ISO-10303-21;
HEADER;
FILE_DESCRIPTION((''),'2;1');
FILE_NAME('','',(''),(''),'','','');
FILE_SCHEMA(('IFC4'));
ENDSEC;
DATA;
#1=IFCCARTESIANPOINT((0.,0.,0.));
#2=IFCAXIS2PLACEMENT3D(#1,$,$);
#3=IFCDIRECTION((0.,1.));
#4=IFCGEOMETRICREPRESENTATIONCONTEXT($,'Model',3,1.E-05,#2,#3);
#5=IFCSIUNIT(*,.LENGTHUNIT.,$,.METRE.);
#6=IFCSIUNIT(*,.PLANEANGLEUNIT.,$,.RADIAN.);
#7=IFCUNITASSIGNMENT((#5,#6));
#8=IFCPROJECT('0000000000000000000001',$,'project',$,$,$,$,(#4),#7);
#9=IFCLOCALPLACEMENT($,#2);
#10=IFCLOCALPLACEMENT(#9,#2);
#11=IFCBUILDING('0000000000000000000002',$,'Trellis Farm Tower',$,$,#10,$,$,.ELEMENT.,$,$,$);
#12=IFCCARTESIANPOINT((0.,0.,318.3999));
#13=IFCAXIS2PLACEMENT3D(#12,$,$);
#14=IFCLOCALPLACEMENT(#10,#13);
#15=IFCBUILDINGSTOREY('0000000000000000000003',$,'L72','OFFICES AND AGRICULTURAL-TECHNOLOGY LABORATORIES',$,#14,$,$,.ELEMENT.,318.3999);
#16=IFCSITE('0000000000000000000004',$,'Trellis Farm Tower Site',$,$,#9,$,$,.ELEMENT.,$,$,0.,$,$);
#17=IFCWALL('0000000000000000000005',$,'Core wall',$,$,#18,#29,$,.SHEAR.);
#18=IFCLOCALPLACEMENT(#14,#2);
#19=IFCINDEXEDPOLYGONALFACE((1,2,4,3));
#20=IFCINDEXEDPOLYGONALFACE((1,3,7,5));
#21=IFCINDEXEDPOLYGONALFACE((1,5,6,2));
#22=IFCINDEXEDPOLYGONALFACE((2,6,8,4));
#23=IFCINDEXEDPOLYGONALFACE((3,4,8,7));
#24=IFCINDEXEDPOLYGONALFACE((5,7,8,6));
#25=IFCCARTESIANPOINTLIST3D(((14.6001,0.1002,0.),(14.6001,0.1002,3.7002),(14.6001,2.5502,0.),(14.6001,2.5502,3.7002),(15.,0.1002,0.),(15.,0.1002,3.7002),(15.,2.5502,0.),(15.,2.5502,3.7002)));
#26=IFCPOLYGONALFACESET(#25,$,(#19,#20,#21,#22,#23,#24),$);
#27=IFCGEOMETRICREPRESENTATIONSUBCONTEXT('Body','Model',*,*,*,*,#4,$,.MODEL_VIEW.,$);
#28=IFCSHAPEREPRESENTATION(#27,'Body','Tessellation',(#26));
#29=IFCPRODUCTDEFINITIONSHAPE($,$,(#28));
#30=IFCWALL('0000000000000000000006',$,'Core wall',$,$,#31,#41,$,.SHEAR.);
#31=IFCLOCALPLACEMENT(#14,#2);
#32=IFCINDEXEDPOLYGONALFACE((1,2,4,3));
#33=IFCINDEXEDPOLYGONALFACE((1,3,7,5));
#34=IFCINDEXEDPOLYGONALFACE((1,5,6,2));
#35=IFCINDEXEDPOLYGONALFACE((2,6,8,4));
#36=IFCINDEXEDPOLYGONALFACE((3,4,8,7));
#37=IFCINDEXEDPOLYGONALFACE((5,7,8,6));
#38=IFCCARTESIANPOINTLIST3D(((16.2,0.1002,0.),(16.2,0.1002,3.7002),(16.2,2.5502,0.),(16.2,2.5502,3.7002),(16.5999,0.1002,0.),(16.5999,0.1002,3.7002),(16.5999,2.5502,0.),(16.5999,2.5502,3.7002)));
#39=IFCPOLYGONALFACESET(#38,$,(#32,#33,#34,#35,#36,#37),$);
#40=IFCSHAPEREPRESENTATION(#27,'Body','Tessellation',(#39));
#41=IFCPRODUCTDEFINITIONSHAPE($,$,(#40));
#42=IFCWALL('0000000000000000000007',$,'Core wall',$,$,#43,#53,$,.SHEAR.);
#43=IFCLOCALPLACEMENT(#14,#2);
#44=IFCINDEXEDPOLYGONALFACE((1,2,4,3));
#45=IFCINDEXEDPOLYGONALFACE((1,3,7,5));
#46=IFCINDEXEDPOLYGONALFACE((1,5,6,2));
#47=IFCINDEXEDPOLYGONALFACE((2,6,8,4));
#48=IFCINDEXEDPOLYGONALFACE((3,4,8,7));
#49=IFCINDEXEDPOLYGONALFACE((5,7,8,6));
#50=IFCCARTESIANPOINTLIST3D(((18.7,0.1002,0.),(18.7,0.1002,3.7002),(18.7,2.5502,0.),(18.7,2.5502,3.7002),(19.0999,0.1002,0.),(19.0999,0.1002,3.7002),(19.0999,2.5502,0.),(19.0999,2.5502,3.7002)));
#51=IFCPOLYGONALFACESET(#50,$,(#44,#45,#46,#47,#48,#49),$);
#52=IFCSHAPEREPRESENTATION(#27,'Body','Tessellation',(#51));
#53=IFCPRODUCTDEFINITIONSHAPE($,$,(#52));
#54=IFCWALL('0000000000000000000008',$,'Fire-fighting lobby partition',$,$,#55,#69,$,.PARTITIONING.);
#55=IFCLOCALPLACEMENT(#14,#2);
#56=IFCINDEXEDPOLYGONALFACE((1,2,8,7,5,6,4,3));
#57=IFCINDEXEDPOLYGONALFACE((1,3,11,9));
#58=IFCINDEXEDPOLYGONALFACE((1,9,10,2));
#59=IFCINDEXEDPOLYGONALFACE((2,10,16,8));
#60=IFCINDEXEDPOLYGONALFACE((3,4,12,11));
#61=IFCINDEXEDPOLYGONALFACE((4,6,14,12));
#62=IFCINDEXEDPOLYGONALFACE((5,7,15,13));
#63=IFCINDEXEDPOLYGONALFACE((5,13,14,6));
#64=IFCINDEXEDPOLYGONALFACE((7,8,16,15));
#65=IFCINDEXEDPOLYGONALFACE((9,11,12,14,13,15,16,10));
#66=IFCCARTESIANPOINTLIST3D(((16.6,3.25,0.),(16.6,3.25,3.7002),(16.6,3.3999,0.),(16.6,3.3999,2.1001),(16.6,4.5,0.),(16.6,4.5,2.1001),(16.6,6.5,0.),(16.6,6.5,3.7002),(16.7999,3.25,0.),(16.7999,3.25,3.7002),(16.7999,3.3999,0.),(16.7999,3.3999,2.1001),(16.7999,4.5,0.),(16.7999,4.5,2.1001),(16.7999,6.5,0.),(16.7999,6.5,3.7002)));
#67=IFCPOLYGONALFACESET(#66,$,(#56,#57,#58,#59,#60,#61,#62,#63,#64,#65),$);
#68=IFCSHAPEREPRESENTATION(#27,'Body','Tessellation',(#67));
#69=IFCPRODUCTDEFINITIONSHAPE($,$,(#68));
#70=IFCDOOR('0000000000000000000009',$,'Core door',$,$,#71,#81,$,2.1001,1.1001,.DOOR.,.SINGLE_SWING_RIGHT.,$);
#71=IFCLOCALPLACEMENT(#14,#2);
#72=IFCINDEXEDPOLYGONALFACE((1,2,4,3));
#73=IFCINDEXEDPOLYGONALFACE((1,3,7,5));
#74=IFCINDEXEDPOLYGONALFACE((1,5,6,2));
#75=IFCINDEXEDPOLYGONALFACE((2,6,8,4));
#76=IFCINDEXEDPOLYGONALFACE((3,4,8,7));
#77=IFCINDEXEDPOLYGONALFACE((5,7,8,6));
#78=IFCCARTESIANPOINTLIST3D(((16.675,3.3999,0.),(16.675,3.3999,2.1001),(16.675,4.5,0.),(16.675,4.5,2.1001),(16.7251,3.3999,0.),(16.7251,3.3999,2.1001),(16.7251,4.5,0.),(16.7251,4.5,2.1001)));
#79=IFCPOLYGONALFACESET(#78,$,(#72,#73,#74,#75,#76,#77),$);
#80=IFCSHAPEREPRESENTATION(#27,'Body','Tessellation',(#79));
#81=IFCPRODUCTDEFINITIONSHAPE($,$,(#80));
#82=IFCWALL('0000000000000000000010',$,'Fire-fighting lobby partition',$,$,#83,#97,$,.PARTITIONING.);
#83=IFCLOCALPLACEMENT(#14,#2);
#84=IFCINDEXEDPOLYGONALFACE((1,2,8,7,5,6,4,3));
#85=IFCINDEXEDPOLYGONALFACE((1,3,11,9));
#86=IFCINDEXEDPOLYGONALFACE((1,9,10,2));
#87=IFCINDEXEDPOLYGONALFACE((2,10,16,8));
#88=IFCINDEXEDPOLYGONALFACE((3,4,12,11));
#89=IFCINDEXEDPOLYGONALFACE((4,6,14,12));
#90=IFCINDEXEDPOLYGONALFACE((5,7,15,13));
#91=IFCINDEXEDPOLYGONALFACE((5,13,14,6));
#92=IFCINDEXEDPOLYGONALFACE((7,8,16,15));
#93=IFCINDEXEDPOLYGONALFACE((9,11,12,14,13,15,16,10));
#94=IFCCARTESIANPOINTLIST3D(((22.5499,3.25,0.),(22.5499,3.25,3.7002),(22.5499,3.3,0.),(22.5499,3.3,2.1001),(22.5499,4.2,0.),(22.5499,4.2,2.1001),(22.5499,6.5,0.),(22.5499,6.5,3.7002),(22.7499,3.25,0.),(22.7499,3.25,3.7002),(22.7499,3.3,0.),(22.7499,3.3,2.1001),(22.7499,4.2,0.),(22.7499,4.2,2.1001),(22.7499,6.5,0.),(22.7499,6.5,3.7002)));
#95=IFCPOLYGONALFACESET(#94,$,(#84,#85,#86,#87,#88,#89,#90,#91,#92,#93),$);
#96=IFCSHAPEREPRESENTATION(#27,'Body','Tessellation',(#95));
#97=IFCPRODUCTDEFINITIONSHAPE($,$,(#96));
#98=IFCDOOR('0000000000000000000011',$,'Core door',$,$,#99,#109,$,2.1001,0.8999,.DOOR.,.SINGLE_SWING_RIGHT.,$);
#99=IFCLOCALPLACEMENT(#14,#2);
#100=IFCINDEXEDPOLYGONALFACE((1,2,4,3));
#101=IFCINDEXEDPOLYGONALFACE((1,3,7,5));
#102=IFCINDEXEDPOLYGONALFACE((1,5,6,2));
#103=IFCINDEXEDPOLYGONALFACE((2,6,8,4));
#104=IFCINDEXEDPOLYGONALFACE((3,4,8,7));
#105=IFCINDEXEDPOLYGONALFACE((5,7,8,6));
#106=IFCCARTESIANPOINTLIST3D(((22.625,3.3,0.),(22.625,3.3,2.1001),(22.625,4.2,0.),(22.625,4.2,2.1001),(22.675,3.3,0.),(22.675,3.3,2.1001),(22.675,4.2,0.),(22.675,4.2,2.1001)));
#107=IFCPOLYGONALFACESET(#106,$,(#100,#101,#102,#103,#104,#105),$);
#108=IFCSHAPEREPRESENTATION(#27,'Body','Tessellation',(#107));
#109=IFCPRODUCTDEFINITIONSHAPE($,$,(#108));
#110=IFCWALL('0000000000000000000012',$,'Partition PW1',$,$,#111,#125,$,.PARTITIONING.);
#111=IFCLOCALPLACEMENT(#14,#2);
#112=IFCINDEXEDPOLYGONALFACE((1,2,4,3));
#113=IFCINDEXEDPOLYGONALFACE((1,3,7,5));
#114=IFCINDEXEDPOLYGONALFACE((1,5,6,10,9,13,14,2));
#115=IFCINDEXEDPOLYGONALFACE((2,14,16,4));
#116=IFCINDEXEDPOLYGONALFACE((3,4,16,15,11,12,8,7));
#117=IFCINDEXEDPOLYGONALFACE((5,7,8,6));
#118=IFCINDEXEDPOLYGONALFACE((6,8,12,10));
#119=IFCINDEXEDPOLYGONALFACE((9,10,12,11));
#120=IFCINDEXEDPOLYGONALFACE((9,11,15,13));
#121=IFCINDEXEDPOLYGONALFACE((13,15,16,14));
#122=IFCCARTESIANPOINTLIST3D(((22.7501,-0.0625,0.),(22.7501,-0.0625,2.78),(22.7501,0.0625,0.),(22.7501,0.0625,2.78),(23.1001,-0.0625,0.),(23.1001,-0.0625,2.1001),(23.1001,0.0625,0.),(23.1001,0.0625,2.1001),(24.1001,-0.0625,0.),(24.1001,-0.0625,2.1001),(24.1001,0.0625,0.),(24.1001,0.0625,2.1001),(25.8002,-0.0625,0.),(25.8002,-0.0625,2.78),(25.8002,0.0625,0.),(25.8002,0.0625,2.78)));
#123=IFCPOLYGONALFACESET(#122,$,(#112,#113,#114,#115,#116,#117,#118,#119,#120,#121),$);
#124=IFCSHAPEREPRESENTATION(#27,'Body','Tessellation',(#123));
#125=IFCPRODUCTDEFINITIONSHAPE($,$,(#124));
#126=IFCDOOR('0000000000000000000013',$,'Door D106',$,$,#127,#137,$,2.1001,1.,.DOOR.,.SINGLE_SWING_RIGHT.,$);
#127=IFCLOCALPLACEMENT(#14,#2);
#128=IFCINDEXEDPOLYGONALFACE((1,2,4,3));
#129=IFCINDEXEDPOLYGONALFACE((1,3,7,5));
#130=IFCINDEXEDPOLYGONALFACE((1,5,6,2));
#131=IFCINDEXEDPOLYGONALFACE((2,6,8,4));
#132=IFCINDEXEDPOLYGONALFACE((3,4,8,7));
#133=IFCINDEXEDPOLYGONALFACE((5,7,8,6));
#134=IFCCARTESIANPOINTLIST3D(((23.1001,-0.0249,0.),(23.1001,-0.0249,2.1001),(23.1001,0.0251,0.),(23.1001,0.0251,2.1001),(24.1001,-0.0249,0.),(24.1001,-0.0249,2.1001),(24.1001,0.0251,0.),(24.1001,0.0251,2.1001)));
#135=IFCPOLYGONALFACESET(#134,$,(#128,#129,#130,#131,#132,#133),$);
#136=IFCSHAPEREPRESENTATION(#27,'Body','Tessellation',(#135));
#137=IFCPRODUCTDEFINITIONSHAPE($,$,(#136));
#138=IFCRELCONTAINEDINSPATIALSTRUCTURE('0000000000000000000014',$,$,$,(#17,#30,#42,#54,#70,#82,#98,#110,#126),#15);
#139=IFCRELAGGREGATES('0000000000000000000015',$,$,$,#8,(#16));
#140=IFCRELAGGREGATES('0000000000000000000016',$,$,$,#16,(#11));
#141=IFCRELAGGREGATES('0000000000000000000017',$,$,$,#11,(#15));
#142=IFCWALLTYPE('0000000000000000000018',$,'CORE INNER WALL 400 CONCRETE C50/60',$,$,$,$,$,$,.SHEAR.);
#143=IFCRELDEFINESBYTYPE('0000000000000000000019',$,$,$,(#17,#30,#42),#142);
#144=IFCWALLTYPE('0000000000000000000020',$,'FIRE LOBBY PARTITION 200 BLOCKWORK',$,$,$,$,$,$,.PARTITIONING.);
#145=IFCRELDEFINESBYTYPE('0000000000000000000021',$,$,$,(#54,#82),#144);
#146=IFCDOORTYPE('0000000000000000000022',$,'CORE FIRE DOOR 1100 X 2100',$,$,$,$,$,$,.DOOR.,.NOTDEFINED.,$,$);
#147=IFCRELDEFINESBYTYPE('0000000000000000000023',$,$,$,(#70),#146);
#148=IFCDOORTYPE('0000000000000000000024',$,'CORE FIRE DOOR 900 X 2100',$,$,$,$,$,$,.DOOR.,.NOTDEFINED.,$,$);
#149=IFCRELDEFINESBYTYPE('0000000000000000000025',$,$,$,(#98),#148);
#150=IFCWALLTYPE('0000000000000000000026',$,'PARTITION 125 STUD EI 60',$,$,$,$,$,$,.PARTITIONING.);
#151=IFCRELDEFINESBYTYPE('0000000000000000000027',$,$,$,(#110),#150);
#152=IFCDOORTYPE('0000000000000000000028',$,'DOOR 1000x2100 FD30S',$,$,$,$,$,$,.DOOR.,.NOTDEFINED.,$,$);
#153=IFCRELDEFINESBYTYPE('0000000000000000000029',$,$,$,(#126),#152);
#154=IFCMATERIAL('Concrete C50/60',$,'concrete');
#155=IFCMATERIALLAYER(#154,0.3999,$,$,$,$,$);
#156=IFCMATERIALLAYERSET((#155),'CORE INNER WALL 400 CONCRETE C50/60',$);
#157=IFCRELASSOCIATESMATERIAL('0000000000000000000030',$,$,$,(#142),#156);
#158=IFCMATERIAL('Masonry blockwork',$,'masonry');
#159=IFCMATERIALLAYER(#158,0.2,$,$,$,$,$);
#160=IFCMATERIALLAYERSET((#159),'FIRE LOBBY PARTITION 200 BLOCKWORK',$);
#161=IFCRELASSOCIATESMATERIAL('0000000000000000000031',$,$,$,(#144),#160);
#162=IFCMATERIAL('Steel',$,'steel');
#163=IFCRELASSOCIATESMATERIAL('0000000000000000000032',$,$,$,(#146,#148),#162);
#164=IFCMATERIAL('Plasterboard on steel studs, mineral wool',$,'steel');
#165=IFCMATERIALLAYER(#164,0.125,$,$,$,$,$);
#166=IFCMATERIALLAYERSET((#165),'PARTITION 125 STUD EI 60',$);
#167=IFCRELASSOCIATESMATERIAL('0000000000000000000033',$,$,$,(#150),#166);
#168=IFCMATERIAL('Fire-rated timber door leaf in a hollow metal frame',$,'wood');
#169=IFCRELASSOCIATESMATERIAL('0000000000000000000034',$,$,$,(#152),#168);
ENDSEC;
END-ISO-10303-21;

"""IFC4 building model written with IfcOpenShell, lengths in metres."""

from ifc_helpers import new_model, si_unit, direction, frame, frame_2d, origin, place, context, subcontext, project, spatial, rectangle, extrude, source, transform, mapped, material, layer, layer_set, type_object, element, fill, save


model = new_model("IFC4")

# Units and contexts
model_context = context("Model", 3, precision=1e-05, world=origin(), true_north=direction((0.0, 1.0)))
body_context = subcontext(model_context, "Body", "Model", "MODEL_VIEW")
ifc_project = project(units=[si_unit("LENGTHUNIT", "METRE"), si_unit("PLANEANGLEUNIT", "RADIAN")], contexts=[model_context])

# Site, building, storey
site_placement = place(None, origin())
site = spatial("IfcSite", under=ifc_project, at=site_placement, Name="Trellis Farm Tower Site", CompositionType="ELEMENT", RefElevation=0.0)
building_placement = place(site_placement, origin())
building = spatial("IfcBuilding", under=site, at=building_placement, Name="Trellis Farm Tower", CompositionType="ELEMENT")
storey_placement = place(building_placement, frame((0.0, 0.0, 318.3999)))
storey = spatial("IfcBuildingStorey", under=building, at=storey_placement, Name="L72", Description="OFFICES AND AGRICULTURAL-TECHNOLOGY LABORATORIES", CompositionType="ELEMENT", Elevation=318.3999)

# Walls
ifc_material_1 = material(Name="Concrete C50/60", Category="concrete")
ifc_layer_1 = layer(ifc_material_1, 0.3999)
ifc_layer_set_1 = layer_set([ifc_layer_1], Name="CORE INNER WALL 400 CONCRETE C50/60")
wall_type_1 = type_object("IfcWallType", Name="CORE INNER WALL 400 CONCRETE C50/60", PredefinedType="SHEAR", material=ifc_layer_set_1)
shared_shape_1 = source(origin(), body_context, "Body", "SweptSolid", [
    extrude(rectangle(XDim=2.45, YDim=0.3999, at=frame_2d((1.2251, 0.0))), origin(), (0.0, 0.0, 1.0), 3.7002),
])
for number, where, z_axis, x_axis, name in (
    (1, (14.8, 0.1001, 0.0), (0.0, 0.0, 1.0), (0.0, 1.0, 0.0), "Core wall"),
    (2, (16.3999, 0.1001, 0.0), (0.0, 0.0, 1.0), (0.0, 1.0, 0.0), "Core wall"),
    (3, (18.8999, 0.1001, 0.0), (0.0, 0.0, 1.0), (0.0, 1.0, 0.0), "Core wall"),
):
    element("IfcWall", number, at=place(storey_placement, frame(where, z_axis=z_axis, x_axis=x_axis)), inside=storey, type_object=wall_type_1, Name=name, PredefinedType="SHEAR", context=body_context, shape_type="MappedRepresentation", body=[
        mapped(shared_shape_1, transform((0.0, 0.0, 0.0))),
    ])

# Walls, openings, doors
ifc_material_2 = material(Name="Masonry blockwork", Category="masonry")
ifc_layer_2 = layer(ifc_material_2, 0.2)
ifc_layer_set_2 = layer_set([ifc_layer_2], Name="FIRE LOBBY PARTITION 200 BLOCKWORK")
wall_type_2 = type_object("IfcWallType", Name="FIRE LOBBY PARTITION 200 BLOCKWORK", PredefinedType="PARTITIONING", material=ifc_layer_set_2)
shared_shape_2 = source(origin(), body_context, "Body", "SweptSolid", [
    extrude(rectangle(XDim=3.25, YDim=0.2, at=frame_2d((1.625, 0.0))), origin(), (0.0, 0.0, 1.0), 3.7002),
])
wall_1_placement = place(storey_placement, frame((16.7, 3.25, 0.0), z_axis=(0.0, 0.0, 1.0), x_axis=(0.0, 1.0, 0.0)))
wall_1 = element("IfcWall", 4, at=wall_1_placement, inside=storey, type_object=wall_type_2, Name="Fire-fighting lobby partition", PredefinedType="PARTITIONING", context=body_context, shape_type="MappedRepresentation", body=[
    mapped(shared_shape_2, transform((0.0, 0.0, 0.0))),
])
shared_shape_3 = source(origin(), body_context, "Body", "SweptSolid", [
    extrude(rectangle(XDim=1.1001, YDim=2.1001, at=frame_2d((0.55, 1.05))), frame((0.0, 0.1101, 0.0), z_axis=(0.0, -1.0, 0.0), x_axis=(1.0, 0.0, 0.0)), (0.0, 0.0, 1.0), 0.2202),
])
opening_1_placement = place(wall_1_placement, frame((0.1499, 0.0, 0.0)))
opening_1 = element("IfcOpeningElement", 5, at=opening_1_placement, cuts=wall_1, PredefinedType="OPENING", context=body_context, shape_type="MappedRepresentation", body=[
    mapped(shared_shape_3, transform((0.0, 0.0, 0.0))),
])
ifc_material_3 = material(Name="Steel", Category="steel")
door_type_1 = type_object("IfcDoorType", Name="CORE FIRE DOOR 1100 X 2100", OperationType="NOTDEFINED", PredefinedType="DOOR", material=ifc_material_3)
shared_shape_4 = source(origin(), body_context, "Body", "SweptSolid", [
    extrude(rectangle(XDim=1.1001, YDim=2.1001, at=frame_2d((0.55, 1.05))), frame((0.0, 0.0249, 0.0), z_axis=(0.0, -1.0, 0.0), x_axis=(1.0, 0.0, 0.0)), (0.0, 0.0, 1.0), 0.05),
])
door_1_placement = place(opening_1_placement, origin())
door_1 = element("IfcDoor", 6, at=door_1_placement, inside=storey, type_object=door_type_1, Name="Core door", OperationType="SINGLE_SWING_RIGHT", OverallHeight=2.1001, OverallWidth=1.1001, PredefinedType="DOOR", context=body_context, shape_type="MappedRepresentation", body=[
    mapped(shared_shape_4, transform((0.0, 0.0, 0.0))),
])
fill(opening_1, door_1)
wall_2_placement = place(storey_placement, frame((22.6499, 3.25, 0.0), z_axis=(0.0, 0.0, 1.0), x_axis=(0.0, 1.0, 0.0)))
wall_2 = element("IfcWall", 7, at=wall_2_placement, inside=storey, type_object=wall_type_2, Name="Fire-fighting lobby partition", PredefinedType="PARTITIONING", context=body_context, shape_type="MappedRepresentation", body=[
    mapped(shared_shape_2, transform((0.0, 0.0, 0.0))),
])
shared_shape_5 = source(origin(), body_context, "Body", "SweptSolid", [
    extrude(rectangle(XDim=0.8999, YDim=2.1001, at=frame_2d((0.45, 1.05))), frame((0.0, 0.1101, 0.0), z_axis=(0.0, -1.0, 0.0), x_axis=(1.0, 0.0, 0.0)), (0.0, 0.0, 1.0), 0.2202),
])
opening_2_placement = place(wall_2_placement, frame((0.05, 0.0, 0.0)))
opening_2 = element("IfcOpeningElement", 8, at=opening_2_placement, cuts=wall_2, PredefinedType="OPENING", context=body_context, shape_type="MappedRepresentation", body=[
    mapped(shared_shape_5, transform((0.0, 0.0, 0.0))),
])
door_type_2 = type_object("IfcDoorType", Name="CORE FIRE DOOR 900 X 2100", OperationType="NOTDEFINED", PredefinedType="DOOR", material=ifc_material_3)
shared_shape_6 = source(origin(), body_context, "Body", "SweptSolid", [
    extrude(rectangle(XDim=0.8999, YDim=2.1001, at=frame_2d((0.45, 1.05))), frame((0.0, 0.0249, 0.0), z_axis=(0.0, -1.0, 0.0), x_axis=(1.0, 0.0, 0.0)), (0.0, 0.0, 1.0), 0.05),
])
door_2_placement = place(opening_2_placement, origin())
door_2 = element("IfcDoor", 9, at=door_2_placement, inside=storey, type_object=door_type_2, Name="Core door", OperationType="SINGLE_SWING_RIGHT", OverallHeight=2.1001, OverallWidth=0.8999, PredefinedType="DOOR", context=body_context, shape_type="MappedRepresentation", body=[
    mapped(shared_shape_6, transform((0.0, 0.0, 0.0))),
])
fill(opening_2, door_2)
ifc_material_4 = material(Name="Plasterboard on steel studs, mineral wool", Category="steel")
ifc_layer_3 = layer(ifc_material_4, 0.125)
ifc_layer_set_3 = layer_set([ifc_layer_3], Name="PARTITION 125 STUD EI 60")
wall_type_3 = type_object("IfcWallType", Name="PARTITION 125 STUD EI 60", PredefinedType="PARTITIONING", material=ifc_layer_set_3)
shared_shape_7 = source(origin(), body_context, "Body", "SweptSolid", [
    extrude(rectangle(XDim=3.05, YDim=0.125, at=frame_2d((1.5249, 0.0))), origin(), (0.0, 0.0, 1.0), 2.78),
])
wall_3_placement = place(storey_placement, frame((25.8, 0.0, 0.0), z_axis=(0.0, 0.0, 1.0), x_axis=(-1.0, 0.0, 0.0)))
wall_3 = element("IfcWall", 10, at=wall_3_placement, inside=storey, type_object=wall_type_3, Name="Partition PW1", PredefinedType="PARTITIONING", context=body_context, shape_type="MappedRepresentation", body=[
    mapped(shared_shape_7, transform((0.0, 0.0, 0.0))),
])
shared_shape_8 = source(origin(), body_context, "Body", "SweptSolid", [
    extrude(rectangle(XDim=1.0, YDim=2.1001, at=frame_2d((0.5, 1.05))), frame((0.0, 0.0725, 0.0), z_axis=(0.0, -1.0, 0.0), x_axis=(1.0, 0.0, 0.0)), (0.0, 0.0, 1.0), 0.145),
])
opening_3_placement = place(wall_3_placement, frame((1.7, 0.0, 0.0)))
opening_3 = element("IfcOpeningElement", 11, at=opening_3_placement, cuts=wall_3, PredefinedType="OPENING", context=body_context, shape_type="MappedRepresentation", body=[
    mapped(shared_shape_8, transform((0.0, 0.0, 0.0))),
])
ifc_material_5 = material(Name="Fire-rated timber door leaf in a hollow metal frame", Category="wood")
door_type_3 = type_object("IfcDoorType", Name="DOOR 1000x2100 FD30S", OperationType="NOTDEFINED", PredefinedType="DOOR", material=ifc_material_5)
shared_shape_9 = source(origin(), body_context, "Body", "SweptSolid", [
    extrude(rectangle(XDim=1.0, YDim=2.1001, at=frame_2d((0.5, 1.05))), frame((0.0, 0.0249, 0.0), z_axis=(0.0, -1.0, 0.0), x_axis=(1.0, 0.0, 0.0)), (0.0, 0.0, 1.0), 0.05),
])
door_3_placement = place(opening_3_placement, origin())
door_3 = element("IfcDoor", 12, at=door_3_placement, inside=storey, type_object=door_type_3, Name="Door D106", OperationType="SINGLE_SWING_RIGHT", OverallHeight=2.1001, OverallWidth=1.0, PredefinedType="DOOR", context=body_context, shape_type="MappedRepresentation", body=[
    mapped(shared_shape_9, transform((0.0, 0.0, 0.0))),
])
fill(opening_3, door_3)

save(model, "model.ifc")
